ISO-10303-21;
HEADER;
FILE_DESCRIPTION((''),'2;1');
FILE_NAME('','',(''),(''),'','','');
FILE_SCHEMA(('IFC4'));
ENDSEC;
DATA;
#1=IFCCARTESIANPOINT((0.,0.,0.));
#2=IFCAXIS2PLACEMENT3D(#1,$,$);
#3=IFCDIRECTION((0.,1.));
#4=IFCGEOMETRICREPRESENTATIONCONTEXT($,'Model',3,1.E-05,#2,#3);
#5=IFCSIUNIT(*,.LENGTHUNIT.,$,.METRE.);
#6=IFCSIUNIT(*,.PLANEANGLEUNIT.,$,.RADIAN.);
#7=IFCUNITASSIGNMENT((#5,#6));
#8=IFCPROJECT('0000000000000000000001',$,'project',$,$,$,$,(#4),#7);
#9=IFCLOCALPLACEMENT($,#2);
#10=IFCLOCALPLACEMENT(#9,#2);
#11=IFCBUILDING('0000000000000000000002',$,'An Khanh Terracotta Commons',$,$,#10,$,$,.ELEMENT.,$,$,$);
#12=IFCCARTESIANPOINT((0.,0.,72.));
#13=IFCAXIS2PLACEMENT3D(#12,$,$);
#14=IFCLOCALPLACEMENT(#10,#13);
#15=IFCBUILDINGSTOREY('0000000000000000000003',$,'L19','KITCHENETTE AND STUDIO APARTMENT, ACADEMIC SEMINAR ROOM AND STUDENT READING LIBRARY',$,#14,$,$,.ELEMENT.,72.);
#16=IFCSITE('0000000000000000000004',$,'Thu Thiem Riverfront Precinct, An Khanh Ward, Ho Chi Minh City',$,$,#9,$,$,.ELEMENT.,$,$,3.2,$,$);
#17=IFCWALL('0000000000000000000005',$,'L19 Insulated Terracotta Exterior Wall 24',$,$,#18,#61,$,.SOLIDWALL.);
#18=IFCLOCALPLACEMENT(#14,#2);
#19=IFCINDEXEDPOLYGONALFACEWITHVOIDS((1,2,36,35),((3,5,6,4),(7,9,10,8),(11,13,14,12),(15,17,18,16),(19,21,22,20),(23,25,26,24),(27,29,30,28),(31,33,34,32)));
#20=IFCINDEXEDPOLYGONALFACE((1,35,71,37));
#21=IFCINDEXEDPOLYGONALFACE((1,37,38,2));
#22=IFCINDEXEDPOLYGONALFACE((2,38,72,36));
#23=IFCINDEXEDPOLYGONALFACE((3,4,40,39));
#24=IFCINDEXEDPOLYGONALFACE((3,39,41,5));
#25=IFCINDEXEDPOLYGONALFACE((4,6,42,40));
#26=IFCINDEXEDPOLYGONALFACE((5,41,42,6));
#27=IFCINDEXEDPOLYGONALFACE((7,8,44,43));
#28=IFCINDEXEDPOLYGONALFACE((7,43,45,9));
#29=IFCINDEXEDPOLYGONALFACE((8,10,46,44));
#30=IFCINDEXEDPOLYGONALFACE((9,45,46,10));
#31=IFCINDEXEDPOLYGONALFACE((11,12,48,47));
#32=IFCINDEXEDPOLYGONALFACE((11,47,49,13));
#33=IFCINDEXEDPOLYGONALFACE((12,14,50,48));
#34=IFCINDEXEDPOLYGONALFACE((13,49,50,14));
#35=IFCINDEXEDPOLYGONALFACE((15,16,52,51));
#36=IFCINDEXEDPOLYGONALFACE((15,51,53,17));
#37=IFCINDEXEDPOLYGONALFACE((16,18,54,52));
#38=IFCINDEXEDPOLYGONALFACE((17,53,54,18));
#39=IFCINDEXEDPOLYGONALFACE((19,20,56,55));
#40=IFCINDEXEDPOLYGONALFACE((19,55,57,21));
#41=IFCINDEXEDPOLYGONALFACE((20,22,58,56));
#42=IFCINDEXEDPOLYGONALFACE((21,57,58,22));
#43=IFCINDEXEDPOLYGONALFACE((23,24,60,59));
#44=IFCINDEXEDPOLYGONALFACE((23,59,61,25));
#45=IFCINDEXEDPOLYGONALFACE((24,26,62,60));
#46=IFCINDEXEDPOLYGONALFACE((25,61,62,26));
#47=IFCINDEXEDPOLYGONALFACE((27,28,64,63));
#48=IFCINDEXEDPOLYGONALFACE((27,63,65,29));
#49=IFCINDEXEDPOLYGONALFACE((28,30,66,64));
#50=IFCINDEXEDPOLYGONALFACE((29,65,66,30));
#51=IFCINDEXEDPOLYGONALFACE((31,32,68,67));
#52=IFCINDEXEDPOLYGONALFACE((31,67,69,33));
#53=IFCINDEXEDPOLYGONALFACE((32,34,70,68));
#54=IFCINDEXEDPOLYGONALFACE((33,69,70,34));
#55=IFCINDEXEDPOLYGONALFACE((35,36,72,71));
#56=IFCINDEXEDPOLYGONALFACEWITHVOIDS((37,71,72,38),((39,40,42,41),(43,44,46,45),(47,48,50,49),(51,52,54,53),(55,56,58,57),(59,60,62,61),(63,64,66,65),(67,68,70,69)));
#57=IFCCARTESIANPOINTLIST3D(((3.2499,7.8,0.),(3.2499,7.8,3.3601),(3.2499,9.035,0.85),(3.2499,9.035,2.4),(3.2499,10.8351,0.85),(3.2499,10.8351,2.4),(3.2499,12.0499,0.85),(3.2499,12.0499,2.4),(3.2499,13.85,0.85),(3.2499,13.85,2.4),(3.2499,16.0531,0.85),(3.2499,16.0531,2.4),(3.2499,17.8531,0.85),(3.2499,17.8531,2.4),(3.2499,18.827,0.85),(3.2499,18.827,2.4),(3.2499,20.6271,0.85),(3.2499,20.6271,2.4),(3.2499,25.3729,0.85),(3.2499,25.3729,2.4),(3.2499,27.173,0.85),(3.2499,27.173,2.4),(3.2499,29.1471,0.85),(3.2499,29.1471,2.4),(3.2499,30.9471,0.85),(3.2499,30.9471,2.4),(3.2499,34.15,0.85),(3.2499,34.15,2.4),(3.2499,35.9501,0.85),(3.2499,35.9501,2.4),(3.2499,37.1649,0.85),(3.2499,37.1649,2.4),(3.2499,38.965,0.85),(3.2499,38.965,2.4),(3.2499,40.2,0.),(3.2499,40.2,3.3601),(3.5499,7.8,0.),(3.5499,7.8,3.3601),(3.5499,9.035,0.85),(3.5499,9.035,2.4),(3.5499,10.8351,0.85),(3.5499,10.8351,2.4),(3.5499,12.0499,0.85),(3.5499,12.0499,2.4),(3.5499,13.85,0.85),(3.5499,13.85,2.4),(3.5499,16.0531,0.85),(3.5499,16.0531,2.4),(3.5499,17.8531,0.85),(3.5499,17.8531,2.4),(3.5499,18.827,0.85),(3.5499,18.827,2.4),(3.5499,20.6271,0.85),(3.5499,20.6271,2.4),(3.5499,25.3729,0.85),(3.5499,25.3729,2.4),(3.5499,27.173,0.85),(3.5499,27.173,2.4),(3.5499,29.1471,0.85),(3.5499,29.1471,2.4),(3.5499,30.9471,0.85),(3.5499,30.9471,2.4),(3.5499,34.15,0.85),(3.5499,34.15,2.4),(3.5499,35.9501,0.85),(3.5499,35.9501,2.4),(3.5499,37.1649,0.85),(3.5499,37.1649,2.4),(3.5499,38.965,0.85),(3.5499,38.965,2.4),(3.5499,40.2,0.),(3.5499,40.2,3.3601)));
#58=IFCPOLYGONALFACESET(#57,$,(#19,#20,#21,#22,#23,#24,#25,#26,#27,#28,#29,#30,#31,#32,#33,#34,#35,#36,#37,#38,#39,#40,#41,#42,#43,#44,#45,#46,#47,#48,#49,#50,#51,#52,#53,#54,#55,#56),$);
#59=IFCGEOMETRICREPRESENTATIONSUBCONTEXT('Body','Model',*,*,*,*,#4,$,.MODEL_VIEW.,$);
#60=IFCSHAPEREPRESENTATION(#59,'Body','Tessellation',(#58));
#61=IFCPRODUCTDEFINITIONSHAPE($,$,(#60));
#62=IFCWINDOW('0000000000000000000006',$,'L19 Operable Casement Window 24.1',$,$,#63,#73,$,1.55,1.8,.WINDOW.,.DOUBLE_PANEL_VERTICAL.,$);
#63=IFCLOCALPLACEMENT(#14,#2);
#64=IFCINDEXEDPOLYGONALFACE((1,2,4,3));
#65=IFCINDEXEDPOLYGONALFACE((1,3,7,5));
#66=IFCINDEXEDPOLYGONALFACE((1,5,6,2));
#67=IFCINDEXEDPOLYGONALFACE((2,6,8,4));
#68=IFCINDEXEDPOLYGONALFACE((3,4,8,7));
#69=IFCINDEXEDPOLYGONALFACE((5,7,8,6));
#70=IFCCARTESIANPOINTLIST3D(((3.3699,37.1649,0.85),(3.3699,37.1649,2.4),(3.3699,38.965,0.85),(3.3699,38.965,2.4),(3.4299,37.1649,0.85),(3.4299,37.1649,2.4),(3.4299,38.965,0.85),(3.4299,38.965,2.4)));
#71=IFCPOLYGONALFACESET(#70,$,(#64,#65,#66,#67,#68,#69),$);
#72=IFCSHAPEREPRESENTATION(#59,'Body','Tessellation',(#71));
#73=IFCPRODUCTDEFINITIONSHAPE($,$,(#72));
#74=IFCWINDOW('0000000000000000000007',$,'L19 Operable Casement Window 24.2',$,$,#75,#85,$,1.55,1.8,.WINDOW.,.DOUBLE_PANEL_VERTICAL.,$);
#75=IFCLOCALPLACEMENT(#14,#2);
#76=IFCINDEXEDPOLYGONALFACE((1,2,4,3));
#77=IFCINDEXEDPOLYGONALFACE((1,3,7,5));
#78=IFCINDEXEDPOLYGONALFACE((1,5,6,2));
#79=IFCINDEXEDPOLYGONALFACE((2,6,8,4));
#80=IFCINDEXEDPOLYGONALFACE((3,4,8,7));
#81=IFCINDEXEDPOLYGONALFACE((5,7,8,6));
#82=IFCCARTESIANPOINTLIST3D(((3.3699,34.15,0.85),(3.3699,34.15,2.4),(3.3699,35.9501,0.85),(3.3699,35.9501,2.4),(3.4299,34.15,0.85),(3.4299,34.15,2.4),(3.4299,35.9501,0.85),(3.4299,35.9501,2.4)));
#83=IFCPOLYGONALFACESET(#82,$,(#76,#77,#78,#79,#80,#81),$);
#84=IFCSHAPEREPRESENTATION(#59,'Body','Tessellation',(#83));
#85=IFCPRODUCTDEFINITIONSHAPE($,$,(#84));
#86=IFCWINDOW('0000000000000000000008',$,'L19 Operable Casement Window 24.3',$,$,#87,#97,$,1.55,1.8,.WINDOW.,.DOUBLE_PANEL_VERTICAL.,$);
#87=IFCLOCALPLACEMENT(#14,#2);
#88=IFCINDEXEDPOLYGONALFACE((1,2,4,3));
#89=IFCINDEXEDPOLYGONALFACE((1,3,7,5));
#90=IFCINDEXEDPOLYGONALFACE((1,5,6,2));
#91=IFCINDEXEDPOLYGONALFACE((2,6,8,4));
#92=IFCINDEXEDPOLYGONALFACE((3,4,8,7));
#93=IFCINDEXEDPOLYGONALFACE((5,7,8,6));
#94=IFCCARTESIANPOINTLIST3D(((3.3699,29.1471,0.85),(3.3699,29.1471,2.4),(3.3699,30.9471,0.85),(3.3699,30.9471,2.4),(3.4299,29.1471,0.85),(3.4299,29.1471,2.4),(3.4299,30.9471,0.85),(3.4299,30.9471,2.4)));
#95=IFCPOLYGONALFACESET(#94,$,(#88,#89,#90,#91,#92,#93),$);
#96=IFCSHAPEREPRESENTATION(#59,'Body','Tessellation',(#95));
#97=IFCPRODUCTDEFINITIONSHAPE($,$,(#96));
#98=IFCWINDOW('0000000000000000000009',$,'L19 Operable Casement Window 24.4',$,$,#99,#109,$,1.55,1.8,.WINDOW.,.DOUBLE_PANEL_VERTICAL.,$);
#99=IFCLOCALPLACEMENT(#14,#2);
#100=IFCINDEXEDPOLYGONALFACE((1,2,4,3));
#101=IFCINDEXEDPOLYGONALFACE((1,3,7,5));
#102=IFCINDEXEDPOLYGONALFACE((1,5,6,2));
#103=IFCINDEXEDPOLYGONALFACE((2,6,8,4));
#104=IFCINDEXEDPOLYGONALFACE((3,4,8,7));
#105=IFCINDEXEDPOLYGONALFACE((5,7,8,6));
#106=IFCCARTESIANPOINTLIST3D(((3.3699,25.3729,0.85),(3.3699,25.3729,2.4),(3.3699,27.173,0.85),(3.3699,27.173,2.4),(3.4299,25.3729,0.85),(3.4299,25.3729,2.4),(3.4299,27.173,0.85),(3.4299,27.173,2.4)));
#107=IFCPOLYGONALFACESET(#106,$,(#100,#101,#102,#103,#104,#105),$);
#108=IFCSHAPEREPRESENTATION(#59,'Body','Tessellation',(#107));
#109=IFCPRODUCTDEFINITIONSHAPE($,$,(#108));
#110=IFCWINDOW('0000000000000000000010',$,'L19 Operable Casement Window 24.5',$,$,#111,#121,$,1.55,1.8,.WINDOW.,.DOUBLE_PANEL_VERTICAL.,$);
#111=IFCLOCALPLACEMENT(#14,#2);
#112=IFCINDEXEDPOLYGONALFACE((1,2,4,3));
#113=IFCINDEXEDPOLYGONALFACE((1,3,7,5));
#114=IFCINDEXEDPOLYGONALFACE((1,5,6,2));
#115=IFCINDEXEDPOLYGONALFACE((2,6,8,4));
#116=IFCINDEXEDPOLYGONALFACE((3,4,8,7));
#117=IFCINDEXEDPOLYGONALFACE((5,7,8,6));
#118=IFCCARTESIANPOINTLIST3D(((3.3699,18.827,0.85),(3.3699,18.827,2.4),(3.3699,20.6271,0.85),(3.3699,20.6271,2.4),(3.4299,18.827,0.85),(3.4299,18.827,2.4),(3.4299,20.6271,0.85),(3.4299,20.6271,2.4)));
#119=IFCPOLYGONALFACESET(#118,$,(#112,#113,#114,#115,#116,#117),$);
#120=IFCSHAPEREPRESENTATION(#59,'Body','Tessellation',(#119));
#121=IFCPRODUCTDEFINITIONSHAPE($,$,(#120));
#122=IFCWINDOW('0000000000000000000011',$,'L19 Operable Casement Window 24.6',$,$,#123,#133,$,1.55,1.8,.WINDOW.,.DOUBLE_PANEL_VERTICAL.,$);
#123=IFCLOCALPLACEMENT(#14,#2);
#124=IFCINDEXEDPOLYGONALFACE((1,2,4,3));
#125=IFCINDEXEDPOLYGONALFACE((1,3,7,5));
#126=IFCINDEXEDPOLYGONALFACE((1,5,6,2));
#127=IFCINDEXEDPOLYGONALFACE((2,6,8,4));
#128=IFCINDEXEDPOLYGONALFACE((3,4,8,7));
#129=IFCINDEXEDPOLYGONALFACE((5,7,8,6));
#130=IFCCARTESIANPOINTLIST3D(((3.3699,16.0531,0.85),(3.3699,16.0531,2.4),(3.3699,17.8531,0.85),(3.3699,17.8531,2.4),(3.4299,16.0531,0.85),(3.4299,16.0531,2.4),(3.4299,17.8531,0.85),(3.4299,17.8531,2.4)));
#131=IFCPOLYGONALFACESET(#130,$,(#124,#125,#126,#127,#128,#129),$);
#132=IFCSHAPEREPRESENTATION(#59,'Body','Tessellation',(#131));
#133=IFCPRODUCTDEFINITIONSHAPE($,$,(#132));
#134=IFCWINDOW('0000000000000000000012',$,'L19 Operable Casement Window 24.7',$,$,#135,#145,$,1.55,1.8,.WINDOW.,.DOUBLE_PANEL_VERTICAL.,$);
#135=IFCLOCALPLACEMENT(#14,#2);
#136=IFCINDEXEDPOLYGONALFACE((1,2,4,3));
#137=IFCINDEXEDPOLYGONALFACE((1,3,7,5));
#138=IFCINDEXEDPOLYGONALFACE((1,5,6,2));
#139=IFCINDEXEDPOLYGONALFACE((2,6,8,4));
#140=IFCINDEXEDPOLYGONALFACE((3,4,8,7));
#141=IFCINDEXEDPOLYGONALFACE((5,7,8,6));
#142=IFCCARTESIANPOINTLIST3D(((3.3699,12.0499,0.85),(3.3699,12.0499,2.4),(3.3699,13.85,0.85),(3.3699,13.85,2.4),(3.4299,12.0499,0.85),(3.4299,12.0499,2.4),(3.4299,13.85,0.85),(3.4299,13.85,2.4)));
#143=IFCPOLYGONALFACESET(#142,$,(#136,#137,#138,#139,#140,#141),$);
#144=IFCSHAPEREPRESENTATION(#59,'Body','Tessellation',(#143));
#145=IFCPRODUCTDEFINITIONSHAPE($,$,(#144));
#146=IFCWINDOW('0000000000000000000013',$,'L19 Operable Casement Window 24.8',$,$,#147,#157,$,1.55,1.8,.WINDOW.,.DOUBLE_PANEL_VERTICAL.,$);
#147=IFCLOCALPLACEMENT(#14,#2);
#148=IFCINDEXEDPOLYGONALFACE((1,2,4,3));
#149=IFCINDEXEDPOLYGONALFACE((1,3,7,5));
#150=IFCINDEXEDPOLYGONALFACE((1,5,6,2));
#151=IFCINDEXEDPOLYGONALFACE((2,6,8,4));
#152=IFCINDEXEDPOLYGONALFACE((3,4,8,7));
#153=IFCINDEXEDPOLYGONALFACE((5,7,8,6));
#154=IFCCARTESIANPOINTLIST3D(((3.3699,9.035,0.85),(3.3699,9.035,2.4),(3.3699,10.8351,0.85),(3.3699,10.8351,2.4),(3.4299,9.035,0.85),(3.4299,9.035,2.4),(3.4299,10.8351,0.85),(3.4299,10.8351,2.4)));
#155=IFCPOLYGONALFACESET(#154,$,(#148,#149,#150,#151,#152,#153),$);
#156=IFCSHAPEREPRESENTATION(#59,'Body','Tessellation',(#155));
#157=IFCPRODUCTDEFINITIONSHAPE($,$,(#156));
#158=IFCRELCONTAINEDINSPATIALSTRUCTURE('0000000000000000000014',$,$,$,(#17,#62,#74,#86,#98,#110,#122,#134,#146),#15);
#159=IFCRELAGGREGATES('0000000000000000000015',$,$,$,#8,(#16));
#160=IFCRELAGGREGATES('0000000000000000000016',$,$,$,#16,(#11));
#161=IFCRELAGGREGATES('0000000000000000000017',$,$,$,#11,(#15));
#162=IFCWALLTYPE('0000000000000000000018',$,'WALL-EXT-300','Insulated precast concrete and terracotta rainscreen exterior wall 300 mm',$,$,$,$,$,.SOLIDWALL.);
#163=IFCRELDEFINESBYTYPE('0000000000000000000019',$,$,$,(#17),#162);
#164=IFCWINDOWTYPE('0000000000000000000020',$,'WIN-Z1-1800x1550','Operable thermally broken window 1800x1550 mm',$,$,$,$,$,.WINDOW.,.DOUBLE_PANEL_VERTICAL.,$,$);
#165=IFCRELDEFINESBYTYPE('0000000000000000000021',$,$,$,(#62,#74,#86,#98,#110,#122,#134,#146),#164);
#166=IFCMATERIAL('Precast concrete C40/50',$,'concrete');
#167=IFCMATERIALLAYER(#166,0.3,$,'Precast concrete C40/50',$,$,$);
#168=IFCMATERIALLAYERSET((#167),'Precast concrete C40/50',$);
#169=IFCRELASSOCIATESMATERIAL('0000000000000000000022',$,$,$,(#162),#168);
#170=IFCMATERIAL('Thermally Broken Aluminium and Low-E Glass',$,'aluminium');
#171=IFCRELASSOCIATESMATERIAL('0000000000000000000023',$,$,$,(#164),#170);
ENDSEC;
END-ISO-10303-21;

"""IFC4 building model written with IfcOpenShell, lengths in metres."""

from ifc_helpers import new_model, si_unit, direction, frame, frame_2d, origin, place, context, subcontext, project, spatial, rectangle, extrude, material, layer, layer_set, type_object, element, fill, save


model = new_model("IFC4")

# Units and contexts
model_context = context("Model", 3, precision=1e-05, world=origin(), true_north=direction((0.0, 1.0)))
body_context = subcontext(model_context, "Body", "Model", "MODEL_VIEW")
ifc_project = project(units=[si_unit("LENGTHUNIT", "METRE"), si_unit("PLANEANGLEUNIT", "RADIAN")], contexts=[model_context])

# Site, building, storey
site_placement = place(None, origin())
site = spatial("IfcSite", under=ifc_project, at=site_placement, Name="Thu Thiem Riverfront Precinct, An Khanh Ward, Ho Chi Minh City", CompositionType="ELEMENT", RefElevation=3.2)
building_placement = place(site_placement, origin())
building = spatial("IfcBuilding", under=site, at=building_placement, Name="An Khanh Terracotta Commons", CompositionType="ELEMENT")
storey_placement = place(building_placement, frame((0.0, 0.0, 72.0)))
storey = spatial("IfcBuildingStorey", under=building, at=storey_placement, Name="L19", Description="KITCHENETTE AND STUDIO APARTMENT, ACADEMIC SEMINAR ROOM AND STUDENT READING LIBRARY", CompositionType="ELEMENT", Elevation=72.0)

# Shared definitions
ifc_material_1 = material(Name="Precast concrete C40/50", Category="concrete")
ifc_layer_1 = layer(ifc_material_1, 0.3, Name="Precast concrete C40/50")
ifc_layer_set_1 = layer_set([ifc_layer_1], Name="Precast concrete C40/50")
wall_type_1 = type_object("IfcWallType", Name="WALL-EXT-300", Description="Insulated precast concrete and terracotta rainscreen exterior wall 300 mm", PredefinedType="SOLIDWALL", material=ifc_layer_set_1)

# Wall, openings, windows
wall_1_placement = place(storey_placement, frame((3.3999, 40.2, 0.0), z_axis=(0.0, 0.0, 1.0), x_axis=(0.0, -1.0, 0.0)))
wall_1 = element("IfcWall", 1, at=wall_1_placement, inside=storey, type_object=wall_type_1, Name="L19 Insulated Terracotta Exterior Wall 24", PredefinedType="SOLIDWALL", context=body_context, shape_type="SweptSolid", body=[
    extrude(rectangle(XDim=32.3999, YDim=0.3, at=frame_2d((16.2, 0.0))), origin(), (0.0, 0.0, 1.0), 3.3601),
])
opening_1_placement = place(wall_1_placement, frame((1.2351, 0.0, 0.8501)))
opening_1 = element("IfcOpeningElement", 2, at=opening_1_placement, cuts=wall_1, PredefinedType="OPENING", context=body_context, shape_type="SweptSolid", body=[
    extrude(rectangle(XDim=1.8, YDim=1.55, at=frame_2d((0.8999, 0.7749))), frame((0.0, 0.1599, 0.0), z_axis=(0.0, -1.0, 0.0), x_axis=(1.0, 0.0, 0.0)), (0.0, 0.0, 1.0), 0.3201),
])
opening_2_placement = place(wall_1_placement, frame((4.25, 0.0, 0.8501)))
opening_2 = element("IfcOpeningElement", 3, at=opening_2_placement, cuts=wall_1, PredefinedType="OPENING", context=body_context, shape_type="SweptSolid", body=[
    extrude(rectangle(XDim=1.8, YDim=1.55, at=frame_2d((0.8999, 0.7749))), frame((0.0, 0.1599, 0.0), z_axis=(0.0, -1.0, 0.0), x_axis=(1.0, 0.0, 0.0)), (0.0, 0.0, 1.0), 0.3201),
])
opening_3_placement = place(wall_1_placement, frame((9.2529, 0.0, 0.8501)))
opening_3 = element("IfcOpeningElement", 4, at=opening_3_placement, cuts=wall_1, PredefinedType="OPENING", context=body_context, shape_type="SweptSolid", body=[
    extrude(rectangle(XDim=1.8, YDim=1.55, at=frame_2d((0.8999, 0.7749))), frame((0.0, 0.1599, 0.0), z_axis=(0.0, -1.0, 0.0), x_axis=(1.0, 0.0, 0.0)), (0.0, 0.0, 1.0), 0.3201),
])
opening_4_placement = place(wall_1_placement, frame((13.0271, 0.0, 0.8501)))
opening_4 = element("IfcOpeningElement", 5, at=opening_4_placement, cuts=wall_1, PredefinedType="OPENING", context=body_context, shape_type="SweptSolid", body=[
    extrude(rectangle(XDim=1.8, YDim=1.55, at=frame_2d((0.8999, 0.7749))), frame((0.0, 0.1599, 0.0), z_axis=(0.0, -1.0, 0.0), x_axis=(1.0, 0.0, 0.0)), (0.0, 0.0, 1.0), 0.3201),
])
opening_5_placement = place(wall_1_placement, frame((19.573, 0.0, 0.8501)))
opening_5 = element("IfcOpeningElement", 6, at=opening_5_placement, cuts=wall_1, PredefinedType="OPENING", context=body_context, shape_type="SweptSolid", body=[
    extrude(rectangle(XDim=1.8, YDim=1.55, at=frame_2d((0.8999, 0.7749))), frame((0.0, 0.1599, 0.0), z_axis=(0.0, -1.0, 0.0), x_axis=(1.0, 0.0, 0.0)), (0.0, 0.0, 1.0), 0.3201),
])
opening_6_placement = place(wall_1_placement, frame((22.3469, 0.0, 0.8501)))
opening_6 = element("IfcOpeningElement", 7, at=opening_6_placement, cuts=wall_1, PredefinedType="OPENING", context=body_context, shape_type="SweptSolid", body=[
    extrude(rectangle(XDim=1.8, YDim=1.55, at=frame_2d((0.8999, 0.7749))), frame((0.0, 0.1599, 0.0), z_axis=(0.0, -1.0, 0.0), x_axis=(1.0, 0.0, 0.0)), (0.0, 0.0, 1.0), 0.3201),
])
opening_7_placement = place(wall_1_placement, frame((26.3501, 0.0, 0.8501)))
opening_7 = element("IfcOpeningElement", 8, at=opening_7_placement, cuts=wall_1, PredefinedType="OPENING", context=body_context, shape_type="SweptSolid", body=[
    extrude(rectangle(XDim=1.8, YDim=1.55, at=frame_2d((0.8999, 0.7749))), frame((0.0, 0.1599, 0.0), z_axis=(0.0, -1.0, 0.0), x_axis=(1.0, 0.0, 0.0)), (0.0, 0.0, 1.0), 0.3201),
])
opening_8_placement = place(wall_1_placement, frame((29.365, 0.0, 0.8501)))
opening_8 = element("IfcOpeningElement", 9, at=opening_8_placement, cuts=wall_1, PredefinedType="OPENING", context=body_context, shape_type="SweptSolid", body=[
    extrude(rectangle(XDim=1.8, YDim=1.55, at=frame_2d((0.8999, 0.7749))), frame((0.0, 0.1599, 0.0), z_axis=(0.0, -1.0, 0.0), x_axis=(1.0, 0.0, 0.0)), (0.0, 0.0, 1.0), 0.3201),
])
ifc_material_2 = material(Name="Thermally Broken Aluminium and Low-E Glass", Category="aluminium")
window_type = type_object("IfcWindowType", Name="WIN-Z1-1800x1550", Description="Operable thermally broken window 1800x1550 mm", PartitioningType="DOUBLE_PANEL_VERTICAL", PredefinedType="WINDOW", material=ifc_material_2)
window_1_placement = place(opening_1_placement, origin())
window_1 = element("IfcWindow", 10, at=window_1_placement, inside=storey, type_object=window_type, Name="L19 Operable Casement Window 24.1", OverallHeight=1.55, OverallWidth=1.8, PartitioningType="DOUBLE_PANEL_VERTICAL", PredefinedType="WINDOW", context=body_context, shape_type="SweptSolid", body=[
    extrude(rectangle(XDim=1.8, YDim=1.55, at=frame_2d((0.8999, 0.7749))), frame((0.0, 0.03, 0.0), z_axis=(0.0, -1.0, 0.0), x_axis=(1.0, 0.0, 0.0)), (0.0, 0.0, 1.0), 0.0601),
])
fill(opening_1, window_1)
window_2_placement = place(opening_2_placement, origin())
window_2 = element("IfcWindow", 11, at=window_2_placement, inside=storey, type_object=window_type, Name="L19 Operable Casement Window 24.2", OverallHeight=1.55, OverallWidth=1.8, PartitioningType="DOUBLE_PANEL_VERTICAL", PredefinedType="WINDOW", context=body_context, shape_type="SweptSolid", body=[
    extrude(rectangle(XDim=1.8, YDim=1.55, at=frame_2d((0.8999, 0.7749))), frame((0.0, 0.03, 0.0), z_axis=(0.0, -1.0, 0.0), x_axis=(1.0, 0.0, 0.0)), (0.0, 0.0, 1.0), 0.0601),
])
fill(opening_2, window_2)
window_3_placement = place(opening_3_placement, origin())
window_3 = element("IfcWindow", 12, at=window_3_placement, inside=storey, type_object=window_type, Name="L19 Operable Casement Window 24.3", OverallHeight=1.55, OverallWidth=1.8, PartitioningType="DOUBLE_PANEL_VERTICAL", PredefinedType="WINDOW", context=body_context, shape_type="SweptSolid", body=[
    extrude(rectangle(XDim=1.8, YDim=1.55, at=frame_2d((0.8999, 0.7749))), frame((0.0, 0.03, 0.0), z_axis=(0.0, -1.0, 0.0), x_axis=(1.0, 0.0, 0.0)), (0.0, 0.0, 1.0), 0.0601),
])
fill(opening_3, window_3)
window_4_placement = place(opening_4_placement, origin())
window_4 = element("IfcWindow", 13, at=window_4_placement, inside=storey, type_object=window_type, Name="L19 Operable Casement Window 24.4", OverallHeight=1.55, OverallWidth=1.8, PartitioningType="DOUBLE_PANEL_VERTICAL", PredefinedType="WINDOW", context=body_context, shape_type="SweptSolid", body=[
    extrude(rectangle(XDim=1.8, YDim=1.55, at=frame_2d((0.8999, 0.7749))), frame((0.0, 0.03, 0.0), z_axis=(0.0, -1.0, 0.0), x_axis=(1.0, 0.0, 0.0)), (0.0, 0.0, 1.0), 0.0601),
])
fill(opening_4, window_4)
window_5_placement = place(opening_5_placement, origin())
window_5 = element("IfcWindow", 14, at=window_5_placement, inside=storey, type_object=window_type, Name="L19 Operable Casement Window 24.5", OverallHeight=1.55, OverallWidth=1.8, PartitioningType="DOUBLE_PANEL_VERTICAL", PredefinedType="WINDOW", context=body_context, shape_type="SweptSolid", body=[
    extrude(rectangle(XDim=1.8, YDim=1.55, at=frame_2d((0.8999, 0.7749))), frame((0.0, 0.03, 0.0), z_axis=(0.0, -1.0, 0.0), x_axis=(1.0, 0.0, 0.0)), (0.0, 0.0, 1.0), 0.0601),
])
fill(opening_5, window_5)
window_6_placement = place(opening_6_placement, origin())
window_6 = element("IfcWindow", 15, at=window_6_placement, inside=storey, type_object=window_type, Name="L19 Operable Casement Window 24.6", OverallHeight=1.55, OverallWidth=1.8, PartitioningType="DOUBLE_PANEL_VERTICAL", PredefinedType="WINDOW", context=body_context, shape_type="SweptSolid", body=[
    extrude(rectangle(XDim=1.8, YDim=1.55, at=frame_2d((0.8999, 0.7749))), frame((0.0, 0.03, 0.0), z_axis=(0.0, -1.0, 0.0), x_axis=(1.0, 0.0, 0.0)), (0.0, 0.0, 1.0), 0.0601),
])
fill(opening_6, window_6)
window_7_placement = place(opening_7_placement, origin())
window_7 = element("IfcWindow", 16, at=window_7_placement, inside=storey, type_object=window_type, Name="L19 Operable Casement Window 24.7", OverallHeight=1.55, OverallWidth=1.8, PartitioningType="DOUBLE_PANEL_VERTICAL", PredefinedType="WINDOW", context=body_context, shape_type="SweptSolid", body=[
    extrude(rectangle(XDim=1.8, YDim=1.55, at=frame_2d((0.8999, 0.7749))), frame((0.0, 0.03, 0.0), z_axis=(0.0, -1.0, 0.0), x_axis=(1.0, 0.0, 0.0)), (0.0, 0.0, 1.0), 0.0601),
])
fill(opening_7, window_7)
window_8_placement = place(opening_8_placement, origin())
window_8 = element("IfcWindow", 17, at=window_8_placement, inside=storey, type_object=window_type, Name="L19 Operable Casement Window 24.8", OverallHeight=1.55, OverallWidth=1.8, PartitioningType="DOUBLE_PANEL_VERTICAL", PredefinedType="WINDOW", context=body_context, shape_type="SweptSolid", body=[
    extrude(rectangle(XDim=1.8, YDim=1.55, at=frame_2d((0.8999, 0.7749))), frame((0.0, 0.03, 0.0), z_axis=(0.0, -1.0, 0.0), x_axis=(1.0, 0.0, 0.0)), (0.0, 0.0, 1.0), 0.0601),
])
fill(opening_8, window_8)

save(model, "model.ifc")
